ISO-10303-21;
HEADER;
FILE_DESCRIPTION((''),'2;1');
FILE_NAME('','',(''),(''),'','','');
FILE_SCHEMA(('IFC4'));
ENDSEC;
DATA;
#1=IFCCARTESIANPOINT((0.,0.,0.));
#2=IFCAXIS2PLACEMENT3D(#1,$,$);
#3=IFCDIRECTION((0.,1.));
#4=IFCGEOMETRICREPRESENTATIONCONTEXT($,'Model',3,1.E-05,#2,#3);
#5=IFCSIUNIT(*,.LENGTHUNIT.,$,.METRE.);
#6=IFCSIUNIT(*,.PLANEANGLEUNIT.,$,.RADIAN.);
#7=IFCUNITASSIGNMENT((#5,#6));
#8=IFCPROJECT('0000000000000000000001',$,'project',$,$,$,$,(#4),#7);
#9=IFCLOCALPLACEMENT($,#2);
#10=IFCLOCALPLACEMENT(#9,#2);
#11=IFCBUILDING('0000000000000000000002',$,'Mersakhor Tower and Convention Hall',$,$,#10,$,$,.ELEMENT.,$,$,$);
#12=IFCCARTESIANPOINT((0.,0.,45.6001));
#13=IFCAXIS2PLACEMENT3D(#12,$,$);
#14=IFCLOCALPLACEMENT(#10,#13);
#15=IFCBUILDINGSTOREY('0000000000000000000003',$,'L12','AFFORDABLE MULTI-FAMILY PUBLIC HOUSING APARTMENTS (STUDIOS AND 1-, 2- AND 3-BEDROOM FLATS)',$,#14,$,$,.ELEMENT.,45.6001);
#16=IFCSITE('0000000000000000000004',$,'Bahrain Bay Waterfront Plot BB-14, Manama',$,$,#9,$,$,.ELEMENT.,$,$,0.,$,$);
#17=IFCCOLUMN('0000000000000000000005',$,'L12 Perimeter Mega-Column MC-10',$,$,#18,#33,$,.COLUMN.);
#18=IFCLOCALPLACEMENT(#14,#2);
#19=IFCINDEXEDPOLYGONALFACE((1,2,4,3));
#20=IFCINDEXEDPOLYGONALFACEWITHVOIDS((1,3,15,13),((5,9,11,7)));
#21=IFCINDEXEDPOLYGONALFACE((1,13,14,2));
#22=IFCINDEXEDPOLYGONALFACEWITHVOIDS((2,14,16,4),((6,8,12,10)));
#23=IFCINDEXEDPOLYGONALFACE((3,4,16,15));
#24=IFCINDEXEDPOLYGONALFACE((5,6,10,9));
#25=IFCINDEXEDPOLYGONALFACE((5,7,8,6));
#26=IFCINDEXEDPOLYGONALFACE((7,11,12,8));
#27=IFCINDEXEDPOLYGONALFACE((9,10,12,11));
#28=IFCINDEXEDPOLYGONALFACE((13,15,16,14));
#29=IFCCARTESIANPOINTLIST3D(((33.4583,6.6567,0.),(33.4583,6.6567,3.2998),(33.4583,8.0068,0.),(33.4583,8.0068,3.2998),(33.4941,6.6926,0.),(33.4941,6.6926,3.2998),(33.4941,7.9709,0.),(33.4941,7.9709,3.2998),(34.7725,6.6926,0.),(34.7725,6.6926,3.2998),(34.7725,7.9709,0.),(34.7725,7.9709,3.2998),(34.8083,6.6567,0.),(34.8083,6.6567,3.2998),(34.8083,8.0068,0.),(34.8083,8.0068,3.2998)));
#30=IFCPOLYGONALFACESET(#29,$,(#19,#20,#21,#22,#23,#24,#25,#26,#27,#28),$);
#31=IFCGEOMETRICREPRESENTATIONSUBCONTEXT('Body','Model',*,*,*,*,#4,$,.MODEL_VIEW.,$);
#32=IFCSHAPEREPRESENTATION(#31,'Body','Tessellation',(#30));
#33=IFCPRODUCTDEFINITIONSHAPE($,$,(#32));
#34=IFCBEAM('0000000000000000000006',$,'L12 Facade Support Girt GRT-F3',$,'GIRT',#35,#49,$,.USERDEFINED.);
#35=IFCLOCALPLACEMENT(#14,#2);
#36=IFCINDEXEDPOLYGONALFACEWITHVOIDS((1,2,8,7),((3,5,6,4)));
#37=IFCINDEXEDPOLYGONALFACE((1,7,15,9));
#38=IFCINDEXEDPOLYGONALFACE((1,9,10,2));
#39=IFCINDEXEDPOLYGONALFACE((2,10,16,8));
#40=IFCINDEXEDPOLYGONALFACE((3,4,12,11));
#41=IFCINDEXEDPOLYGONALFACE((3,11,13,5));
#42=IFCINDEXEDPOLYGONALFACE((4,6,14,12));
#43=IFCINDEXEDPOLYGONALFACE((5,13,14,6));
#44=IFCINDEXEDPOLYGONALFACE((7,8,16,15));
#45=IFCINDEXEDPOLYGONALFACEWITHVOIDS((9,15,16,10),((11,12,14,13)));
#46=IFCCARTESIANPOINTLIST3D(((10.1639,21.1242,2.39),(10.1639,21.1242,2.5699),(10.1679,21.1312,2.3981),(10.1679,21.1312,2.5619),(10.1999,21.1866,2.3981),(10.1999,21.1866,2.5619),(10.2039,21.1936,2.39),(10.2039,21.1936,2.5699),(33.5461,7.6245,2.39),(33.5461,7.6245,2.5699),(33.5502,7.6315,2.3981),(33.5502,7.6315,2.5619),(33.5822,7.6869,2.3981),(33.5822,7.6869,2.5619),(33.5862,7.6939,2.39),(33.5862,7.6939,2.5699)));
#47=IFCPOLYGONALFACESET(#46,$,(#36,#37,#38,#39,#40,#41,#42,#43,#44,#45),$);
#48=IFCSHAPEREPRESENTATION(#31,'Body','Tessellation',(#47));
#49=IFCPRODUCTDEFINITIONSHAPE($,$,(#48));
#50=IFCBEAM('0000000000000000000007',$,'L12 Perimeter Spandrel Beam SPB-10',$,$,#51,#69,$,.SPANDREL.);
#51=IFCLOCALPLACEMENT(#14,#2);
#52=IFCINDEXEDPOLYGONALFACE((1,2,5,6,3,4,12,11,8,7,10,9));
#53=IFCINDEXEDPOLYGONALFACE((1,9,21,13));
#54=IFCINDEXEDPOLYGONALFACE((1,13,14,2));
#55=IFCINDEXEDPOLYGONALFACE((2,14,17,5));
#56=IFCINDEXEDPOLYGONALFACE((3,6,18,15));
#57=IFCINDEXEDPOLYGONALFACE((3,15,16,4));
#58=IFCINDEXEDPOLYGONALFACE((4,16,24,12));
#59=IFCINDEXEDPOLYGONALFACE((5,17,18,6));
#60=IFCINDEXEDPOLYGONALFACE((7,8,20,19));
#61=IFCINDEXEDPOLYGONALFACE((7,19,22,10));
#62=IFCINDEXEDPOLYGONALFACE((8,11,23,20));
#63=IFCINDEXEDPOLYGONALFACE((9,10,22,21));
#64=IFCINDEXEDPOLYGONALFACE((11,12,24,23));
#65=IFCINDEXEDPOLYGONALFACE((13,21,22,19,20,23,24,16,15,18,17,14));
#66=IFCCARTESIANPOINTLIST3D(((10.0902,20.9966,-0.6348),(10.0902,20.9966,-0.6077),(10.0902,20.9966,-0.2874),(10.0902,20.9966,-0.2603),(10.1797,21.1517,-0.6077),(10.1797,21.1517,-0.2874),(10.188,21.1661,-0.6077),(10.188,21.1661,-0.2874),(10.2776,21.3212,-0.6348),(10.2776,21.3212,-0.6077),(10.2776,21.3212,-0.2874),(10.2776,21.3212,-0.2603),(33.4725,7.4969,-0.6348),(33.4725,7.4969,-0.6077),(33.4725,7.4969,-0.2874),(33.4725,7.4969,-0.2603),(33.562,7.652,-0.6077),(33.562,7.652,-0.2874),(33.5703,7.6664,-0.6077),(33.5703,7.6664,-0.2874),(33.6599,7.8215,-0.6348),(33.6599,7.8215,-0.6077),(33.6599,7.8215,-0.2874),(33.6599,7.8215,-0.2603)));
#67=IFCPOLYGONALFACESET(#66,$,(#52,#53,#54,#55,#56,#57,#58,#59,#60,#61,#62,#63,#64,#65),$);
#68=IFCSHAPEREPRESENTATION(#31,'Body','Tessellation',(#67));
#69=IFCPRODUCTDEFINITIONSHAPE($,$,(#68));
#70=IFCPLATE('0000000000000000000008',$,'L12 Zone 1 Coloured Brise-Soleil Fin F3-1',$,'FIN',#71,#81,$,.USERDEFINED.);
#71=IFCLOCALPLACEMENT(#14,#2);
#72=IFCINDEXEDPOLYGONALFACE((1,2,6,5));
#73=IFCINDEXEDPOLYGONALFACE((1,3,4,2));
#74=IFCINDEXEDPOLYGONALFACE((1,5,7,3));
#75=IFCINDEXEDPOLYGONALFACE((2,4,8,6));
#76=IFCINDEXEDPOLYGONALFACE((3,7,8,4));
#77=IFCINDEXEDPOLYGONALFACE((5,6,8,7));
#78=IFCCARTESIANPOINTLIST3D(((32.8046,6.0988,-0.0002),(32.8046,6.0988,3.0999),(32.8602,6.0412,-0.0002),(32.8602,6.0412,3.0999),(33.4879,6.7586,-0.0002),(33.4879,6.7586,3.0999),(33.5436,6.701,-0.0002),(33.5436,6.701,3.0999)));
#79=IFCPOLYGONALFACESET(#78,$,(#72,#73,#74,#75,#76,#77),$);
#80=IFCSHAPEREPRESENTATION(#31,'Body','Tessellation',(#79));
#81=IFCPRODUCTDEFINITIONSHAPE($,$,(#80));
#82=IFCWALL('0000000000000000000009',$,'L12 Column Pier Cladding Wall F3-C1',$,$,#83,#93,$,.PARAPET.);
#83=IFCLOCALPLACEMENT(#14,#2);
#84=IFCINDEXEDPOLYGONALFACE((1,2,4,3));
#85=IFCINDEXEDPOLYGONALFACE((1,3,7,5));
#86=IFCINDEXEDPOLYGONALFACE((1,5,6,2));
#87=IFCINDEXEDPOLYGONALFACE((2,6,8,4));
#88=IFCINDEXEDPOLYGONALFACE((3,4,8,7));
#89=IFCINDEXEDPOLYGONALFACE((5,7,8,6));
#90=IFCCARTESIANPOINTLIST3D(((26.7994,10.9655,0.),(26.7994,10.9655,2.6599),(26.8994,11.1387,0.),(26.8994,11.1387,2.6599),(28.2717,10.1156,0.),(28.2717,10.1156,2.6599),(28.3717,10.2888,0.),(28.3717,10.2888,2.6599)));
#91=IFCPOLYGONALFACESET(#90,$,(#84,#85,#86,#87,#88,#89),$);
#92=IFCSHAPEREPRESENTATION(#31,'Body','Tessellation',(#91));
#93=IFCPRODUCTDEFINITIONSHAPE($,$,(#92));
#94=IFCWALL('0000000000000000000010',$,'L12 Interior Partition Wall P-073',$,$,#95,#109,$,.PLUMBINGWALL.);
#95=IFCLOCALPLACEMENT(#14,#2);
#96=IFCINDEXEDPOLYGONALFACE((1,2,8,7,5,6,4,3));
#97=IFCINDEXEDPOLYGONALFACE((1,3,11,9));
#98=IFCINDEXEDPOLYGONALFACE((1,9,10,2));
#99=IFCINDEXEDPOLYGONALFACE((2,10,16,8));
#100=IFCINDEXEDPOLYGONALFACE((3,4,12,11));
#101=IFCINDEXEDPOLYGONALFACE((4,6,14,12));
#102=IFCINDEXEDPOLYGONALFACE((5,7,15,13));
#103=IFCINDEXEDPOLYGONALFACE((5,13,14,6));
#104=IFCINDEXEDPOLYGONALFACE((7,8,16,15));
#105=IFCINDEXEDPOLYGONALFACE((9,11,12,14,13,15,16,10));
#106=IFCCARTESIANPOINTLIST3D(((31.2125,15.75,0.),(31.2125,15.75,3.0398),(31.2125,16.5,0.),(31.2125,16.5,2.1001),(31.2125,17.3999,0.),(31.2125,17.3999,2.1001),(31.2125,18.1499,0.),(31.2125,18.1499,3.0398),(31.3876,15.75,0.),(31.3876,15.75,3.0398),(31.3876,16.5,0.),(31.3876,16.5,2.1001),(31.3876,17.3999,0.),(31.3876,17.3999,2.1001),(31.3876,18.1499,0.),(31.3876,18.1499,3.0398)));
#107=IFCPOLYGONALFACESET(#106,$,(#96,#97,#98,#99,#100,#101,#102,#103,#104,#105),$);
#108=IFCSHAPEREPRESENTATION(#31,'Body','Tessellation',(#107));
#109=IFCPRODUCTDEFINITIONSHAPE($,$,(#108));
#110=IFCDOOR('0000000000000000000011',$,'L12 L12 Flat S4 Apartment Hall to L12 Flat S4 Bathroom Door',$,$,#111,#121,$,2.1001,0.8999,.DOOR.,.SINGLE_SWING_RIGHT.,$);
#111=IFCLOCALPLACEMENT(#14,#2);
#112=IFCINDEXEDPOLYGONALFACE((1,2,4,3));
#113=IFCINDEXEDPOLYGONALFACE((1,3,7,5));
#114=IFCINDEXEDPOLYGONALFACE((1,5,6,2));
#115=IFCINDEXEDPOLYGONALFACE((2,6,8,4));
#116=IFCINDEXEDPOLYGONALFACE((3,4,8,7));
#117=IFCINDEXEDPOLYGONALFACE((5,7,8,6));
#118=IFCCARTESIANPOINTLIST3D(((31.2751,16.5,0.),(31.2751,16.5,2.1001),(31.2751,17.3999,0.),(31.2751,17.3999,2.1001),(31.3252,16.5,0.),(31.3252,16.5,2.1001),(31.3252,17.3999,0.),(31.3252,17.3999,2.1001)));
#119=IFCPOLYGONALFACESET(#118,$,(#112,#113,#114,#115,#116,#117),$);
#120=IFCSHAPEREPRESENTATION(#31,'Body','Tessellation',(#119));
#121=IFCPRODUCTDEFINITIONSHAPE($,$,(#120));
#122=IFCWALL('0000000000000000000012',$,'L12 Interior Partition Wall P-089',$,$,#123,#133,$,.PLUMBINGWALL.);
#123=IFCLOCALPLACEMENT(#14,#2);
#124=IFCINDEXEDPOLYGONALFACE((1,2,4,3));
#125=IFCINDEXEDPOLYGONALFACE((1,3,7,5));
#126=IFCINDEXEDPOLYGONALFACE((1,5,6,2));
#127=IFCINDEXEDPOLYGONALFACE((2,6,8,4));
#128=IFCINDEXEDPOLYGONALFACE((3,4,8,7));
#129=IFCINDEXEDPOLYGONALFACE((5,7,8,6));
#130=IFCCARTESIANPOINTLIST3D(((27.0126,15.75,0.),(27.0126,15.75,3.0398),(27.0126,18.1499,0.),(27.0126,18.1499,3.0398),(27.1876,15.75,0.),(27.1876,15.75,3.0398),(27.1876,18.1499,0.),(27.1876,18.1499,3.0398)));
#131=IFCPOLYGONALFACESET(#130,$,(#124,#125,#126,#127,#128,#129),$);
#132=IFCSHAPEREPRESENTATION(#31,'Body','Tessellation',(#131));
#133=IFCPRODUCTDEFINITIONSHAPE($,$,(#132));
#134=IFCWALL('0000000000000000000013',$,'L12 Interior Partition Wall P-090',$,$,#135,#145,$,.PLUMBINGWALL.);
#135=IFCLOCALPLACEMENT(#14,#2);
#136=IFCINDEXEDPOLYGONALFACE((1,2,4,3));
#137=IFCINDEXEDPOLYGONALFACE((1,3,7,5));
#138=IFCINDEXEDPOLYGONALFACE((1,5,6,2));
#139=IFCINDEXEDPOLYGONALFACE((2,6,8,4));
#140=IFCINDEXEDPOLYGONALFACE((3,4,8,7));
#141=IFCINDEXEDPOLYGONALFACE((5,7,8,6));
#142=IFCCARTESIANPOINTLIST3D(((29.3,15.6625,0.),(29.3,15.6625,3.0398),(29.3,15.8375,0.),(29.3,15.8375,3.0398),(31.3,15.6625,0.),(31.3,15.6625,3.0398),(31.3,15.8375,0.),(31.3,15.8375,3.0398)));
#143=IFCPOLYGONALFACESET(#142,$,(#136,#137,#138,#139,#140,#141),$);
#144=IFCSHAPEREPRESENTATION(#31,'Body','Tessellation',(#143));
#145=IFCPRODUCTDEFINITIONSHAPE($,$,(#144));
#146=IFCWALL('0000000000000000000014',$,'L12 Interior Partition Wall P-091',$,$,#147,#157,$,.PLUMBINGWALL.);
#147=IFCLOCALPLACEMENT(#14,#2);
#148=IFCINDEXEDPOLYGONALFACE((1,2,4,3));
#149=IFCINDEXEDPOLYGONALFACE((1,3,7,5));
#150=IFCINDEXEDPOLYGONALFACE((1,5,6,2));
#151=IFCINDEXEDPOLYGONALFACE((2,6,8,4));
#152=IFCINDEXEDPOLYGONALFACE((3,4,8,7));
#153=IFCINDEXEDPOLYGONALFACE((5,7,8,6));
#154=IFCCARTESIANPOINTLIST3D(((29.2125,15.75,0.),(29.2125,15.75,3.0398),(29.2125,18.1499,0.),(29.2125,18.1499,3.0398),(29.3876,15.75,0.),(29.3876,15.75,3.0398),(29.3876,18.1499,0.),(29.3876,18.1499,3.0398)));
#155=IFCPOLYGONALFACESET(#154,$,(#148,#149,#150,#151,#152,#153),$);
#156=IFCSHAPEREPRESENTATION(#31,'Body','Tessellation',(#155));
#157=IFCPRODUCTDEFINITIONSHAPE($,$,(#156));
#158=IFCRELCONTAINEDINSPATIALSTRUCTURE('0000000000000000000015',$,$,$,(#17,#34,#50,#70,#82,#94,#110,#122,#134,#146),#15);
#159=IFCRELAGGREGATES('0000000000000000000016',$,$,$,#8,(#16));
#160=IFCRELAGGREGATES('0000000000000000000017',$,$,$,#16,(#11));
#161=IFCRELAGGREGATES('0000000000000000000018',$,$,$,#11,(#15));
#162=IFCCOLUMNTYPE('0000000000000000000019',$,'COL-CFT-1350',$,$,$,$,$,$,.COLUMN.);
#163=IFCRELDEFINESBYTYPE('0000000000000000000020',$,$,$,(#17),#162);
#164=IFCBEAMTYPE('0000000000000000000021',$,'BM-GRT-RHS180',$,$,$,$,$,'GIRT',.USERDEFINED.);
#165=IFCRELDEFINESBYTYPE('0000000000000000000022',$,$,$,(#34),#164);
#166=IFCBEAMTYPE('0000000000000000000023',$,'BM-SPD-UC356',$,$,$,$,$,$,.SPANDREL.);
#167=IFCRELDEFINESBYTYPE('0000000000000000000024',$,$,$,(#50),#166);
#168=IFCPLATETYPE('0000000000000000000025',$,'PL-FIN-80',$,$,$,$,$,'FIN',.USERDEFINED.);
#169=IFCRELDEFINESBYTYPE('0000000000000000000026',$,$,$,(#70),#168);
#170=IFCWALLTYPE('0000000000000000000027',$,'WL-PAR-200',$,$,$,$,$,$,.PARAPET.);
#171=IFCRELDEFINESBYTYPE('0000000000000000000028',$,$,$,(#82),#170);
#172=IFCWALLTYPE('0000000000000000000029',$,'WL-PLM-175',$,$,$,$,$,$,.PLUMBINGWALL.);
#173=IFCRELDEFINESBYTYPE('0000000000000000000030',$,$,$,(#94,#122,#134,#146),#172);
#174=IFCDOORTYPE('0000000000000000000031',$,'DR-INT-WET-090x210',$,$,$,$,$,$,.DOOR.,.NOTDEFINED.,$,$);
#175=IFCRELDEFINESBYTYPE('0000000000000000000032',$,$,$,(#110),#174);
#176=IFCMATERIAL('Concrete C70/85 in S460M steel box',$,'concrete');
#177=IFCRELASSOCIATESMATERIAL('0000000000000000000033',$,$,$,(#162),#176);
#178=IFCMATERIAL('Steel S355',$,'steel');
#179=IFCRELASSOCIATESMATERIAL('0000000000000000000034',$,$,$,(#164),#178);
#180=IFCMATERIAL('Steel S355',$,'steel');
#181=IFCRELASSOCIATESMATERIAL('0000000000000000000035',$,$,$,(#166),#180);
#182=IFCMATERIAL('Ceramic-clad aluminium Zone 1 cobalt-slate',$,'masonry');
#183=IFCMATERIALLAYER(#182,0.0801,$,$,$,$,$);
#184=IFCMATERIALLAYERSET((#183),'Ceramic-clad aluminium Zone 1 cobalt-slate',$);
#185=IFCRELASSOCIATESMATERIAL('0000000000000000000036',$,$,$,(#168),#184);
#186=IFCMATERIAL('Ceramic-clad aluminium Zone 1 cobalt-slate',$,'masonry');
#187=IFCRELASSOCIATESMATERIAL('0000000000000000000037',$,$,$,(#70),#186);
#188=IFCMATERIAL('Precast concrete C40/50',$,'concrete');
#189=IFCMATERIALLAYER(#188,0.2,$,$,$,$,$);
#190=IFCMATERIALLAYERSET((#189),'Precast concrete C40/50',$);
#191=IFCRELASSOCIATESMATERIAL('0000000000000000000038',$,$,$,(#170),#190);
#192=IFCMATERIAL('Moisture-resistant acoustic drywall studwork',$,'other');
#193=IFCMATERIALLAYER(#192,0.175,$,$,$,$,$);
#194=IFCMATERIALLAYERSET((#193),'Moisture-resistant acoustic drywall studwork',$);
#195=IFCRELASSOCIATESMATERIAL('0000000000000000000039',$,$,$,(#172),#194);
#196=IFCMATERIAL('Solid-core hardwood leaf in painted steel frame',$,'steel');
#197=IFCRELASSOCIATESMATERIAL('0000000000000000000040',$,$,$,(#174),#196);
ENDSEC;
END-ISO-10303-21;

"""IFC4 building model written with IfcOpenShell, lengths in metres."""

from ifc_helpers import new_model, si_unit, direction, frame, frame_2d, origin, origin_2d, place, context, subcontext, project, spatial, rectangle, hollow_rectangle, i_section, extrude, material, layer, layer_set, material_profile, profile_set, type_object, element, fill, save


model = new_model("IFC4")

# Units and contexts
model_context = context("Model", 3, precision=1e-05, world=origin(), true_north=direction((0.0, 1.0)))
body_context = subcontext(model_context, "Body", "Model", "MODEL_VIEW")
ifc_project = project(units=[si_unit("LENGTHUNIT", "METRE"), si_unit("PLANEANGLEUNIT", "RADIAN")], contexts=[model_context])

# Site, building, storey
site_placement = place(None, origin())
site = spatial("IfcSite", under=ifc_project, at=site_placement, Name="Bahrain Bay Waterfront Plot BB-14, Manama", CompositionType="ELEMENT", RefElevation=0.0)
building_placement = place(site_placement, origin())
building = spatial("IfcBuilding", under=site, at=building_placement, Name="Mersakhor Tower and Convention Hall", CompositionType="ELEMENT")
storey_placement = place(building_placement, frame((0.0, 0.0, 45.6001)))
storey = spatial("IfcBuildingStorey", under=building, at=storey_placement, Name="L12", Description="AFFORDABLE MULTI-FAMILY PUBLIC HOUSING APARTMENTS (STUDIOS AND 1-, 2- AND 3-BEDROOM FLATS)", CompositionType="ELEMENT", Elevation=45.6001)

# Column
ifc_material_1 = material(Name="Concrete C70/85 in S460M steel box", Category="concrete")
ifc_material_profile_1 = material_profile(ifc_material_1, hollow_rectangle(XDim=1.3501, YDim=1.3501, WallThickness=0.0359, at=origin_2d()), Name="SHS 1350x1350x36")
ifc_profile_set_1 = profile_set([ifc_material_profile_1], Name="Concrete C70/85 in S460M steel box")
column_type = type_object("IfcColumnType", Name="COL-CFT-1350", PredefinedType="COLUMN", material=ifc_profile_set_1)
column_placement = place(storey_placement, frame((34.1333, 7.3318, 0.0), z_axis=(0.0, 0.0, 1.0), x_axis=(1.0, 0.0, 0.0)))
element("IfcColumn", 1, at=column_placement, inside=storey, type_object=column_type, Name="L12 Perimeter Mega-Column MC-10", PredefinedType="COLUMN", context=body_context, shape_type="SweptSolid", body=[
    extrude(hollow_rectangle(XDim=1.3501, YDim=1.3501, WallThickness=0.0359, at=origin_2d()), origin(), (0.0, 0.0, 1.0), 3.2998),
])

# Beams
ifc_material_2 = material(Name="Steel S355", Category="steel")
ifc_material_profile_2 = material_profile(ifc_material_2, hollow_rectangle(XDim=0.0801, YDim=0.1799, WallThickness=0.0081, at=origin_2d()), Name="RHS 180x80x8")
ifc_profile_set_2 = profile_set([ifc_material_profile_2], Name="Steel S355")
beam_type_1 = type_object("IfcBeamType", Name="BM-GRT-RHS180", ElementType="GIRT", PredefinedType="USERDEFINED", material=ifc_profile_set_2)
beam_1_placement = place(storey_placement, frame((33.5662, 7.6592, 2.48), z_axis=(-0.866026, 0.499999, 0.0), x_axis=(-0.499999, -0.866026, 0.0)))
element("IfcBeam", 2, at=beam_1_placement, inside=storey, type_object=beam_type_1, Name="L12 Facade Support Girt GRT-F3", ObjectType="GIRT", PredefinedType="USERDEFINED", context=body_context, shape_type="SweptSolid", body=[
    extrude(hollow_rectangle(XDim=0.0801, YDim=0.1799, WallThickness=0.0081, at=origin_2d()), origin(), (0.0, 0.0, 1.0), 26.9995),
])
ifc_material_3 = material(Name="Steel S355", Category="steel")
ifc_material_profile_3 = material_profile(ifc_material_3, i_section(OverallWidth=0.3748, OverallDepth=0.3745, WebThickness=0.0166, FlangeThickness=0.0271, at=origin_2d()), Name="UC 356x368x202")
ifc_profile_set_3 = profile_set([ifc_material_profile_3], Name="Steel S355")
beam_type_2 = type_object("IfcBeamType", Name="BM-SPD-UC356", PredefinedType="SPANDREL", material=ifc_profile_set_3)
beam_2_placement = place(storey_placement, frame((33.5662, 7.6592, -0.4475), z_axis=(-0.866026, 0.499999, 0.0), x_axis=(-0.499999, -0.866026, 0.0)))
element("IfcBeam", 3, at=beam_2_placement, inside=storey, type_object=beam_type_2, Name="L12 Perimeter Spandrel Beam SPB-10", PredefinedType="SPANDREL", context=body_context, shape_type="SweptSolid", body=[
    extrude(i_section(OverallWidth=0.3748, OverallDepth=0.3745, WebThickness=0.0166, FlangeThickness=0.0271, at=origin_2d()), origin(), (0.0, 0.0, 1.0), 26.9995),
])

# Plate
ifc_material_4 = material(Name="Ceramic-clad aluminium Zone 1 cobalt-slate", Category="masonry")
ifc_material_5 = material(Name="Ceramic-clad aluminium Zone 1 cobalt-slate", Category="masonry")
ifc_layer_1 = layer(ifc_material_5, 0.0801)
ifc_layer_set_1 = layer_set([ifc_layer_1], Name="Ceramic-clad aluminium Zone 1 cobalt-slate")
plate_type = type_object("IfcPlateType", Name="PL-FIN-80", ElementType="FIN", PredefinedType="USERDEFINED", material=ifc_layer_set_1)
plate_placement = place(storey_placement, frame((33.1741, 6.3999, -0.0002), z_axis=(0.0, 0.0, 1.0), x_axis=(-0.71934, -0.694658, 0.0)))
element("IfcPlate", 4, at=plate_placement, inside=storey, type_object=plate_type, material=ifc_material_4, Name="L12 Zone 1 Coloured Brise-Soleil Fin F3-1", ObjectType="FIN", PredefinedType="USERDEFINED", context=body_context, shape_type="SweptSolid", body=[
    extrude(rectangle(XDim=0.95, YDim=0.0801, at=origin_2d()), origin(), (0.0, 0.0, 1.0), 3.1001),
])

# Wall
ifc_material_6 = material(Name="Precast concrete C40/50", Category="concrete")
ifc_layer_2 = layer(ifc_material_6, 0.2)
ifc_layer_set_2 = layer_set([ifc_layer_2], Name="Precast concrete C40/50")
wall_type_1 = type_object("IfcWallType", Name="WL-PAR-200", PredefinedType="PARAPET", material=ifc_layer_set_2)
wall_1_placement = place(storey_placement, frame((28.3218, 10.2021, 0.0), z_axis=(0.0, 0.0, 1.0), x_axis=(-0.866052, 0.499955, 0.0)))
element("IfcWall", 5, at=wall_1_placement, inside=storey, type_object=wall_type_1, Name="L12 Column Pier Cladding Wall F3-C1", PredefinedType="PARAPET", context=body_context, shape_type="SweptSolid", body=[
    extrude(rectangle(XDim=1.7, YDim=0.2, at=frame_2d((0.8501, 0.0))), origin(), (0.0, 0.0, 1.0), 2.6599),
])

# Wall, opening, door
ifc_material_7 = material(Name="Moisture-resistant acoustic drywall studwork", Category="other")
ifc_layer_3 = layer(ifc_material_7, 0.175)
ifc_layer_set_3 = layer_set([ifc_layer_3], Name="Moisture-resistant acoustic drywall studwork")
wall_type_2 = type_object("IfcWallType", Name="WL-PLM-175", PredefinedType="PLUMBINGWALL", material=ifc_layer_set_3)
wall_2_placement = place(storey_placement, frame((31.3, 15.75, 0.0), z_axis=(0.0, 0.0, 1.0), x_axis=(0.0, 1.0, 0.0)))
wall_2 = element("IfcWall", 6, at=wall_2_placement, inside=storey, type_object=wall_type_2, Name="L12 Interior Partition Wall P-073", PredefinedType="PLUMBINGWALL", context=body_context, shape_type="SweptSolid", body=[
    extrude(rectangle(XDim=2.3999, YDim=0.175, at=frame_2d((1.2, 0.0))), origin(), (0.0, 0.0, 1.0), 3.0398),
])
opening_1_placement = place(wall_2_placement, frame((0.75, 0.0, 0.0)))
opening_1 = element("IfcOpeningElement", 7, at=opening_1_placement, cuts=wall_2, PredefinedType="OPENING", context=body_context, shape_type="SweptSolid", body=[
    extrude(rectangle(XDim=0.8999, YDim=2.1001, at=frame_2d((0.45, 1.05))), frame((0.0, 0.0974, 0.0), z_axis=(0.0, -1.0, 0.0), x_axis=(1.0, 0.0, 0.0)), (0.0, 0.0, 1.0), 0.1951),
])
ifc_material_8 = material(Name="Solid-core hardwood leaf in painted steel frame", Category="steel")
door_type_1 = type_object("IfcDoorType", Name="DR-INT-WET-090x210", OperationType="NOTDEFINED", PredefinedType="DOOR", material=ifc_material_8)
door_1_placement = place(opening_1_placement, origin())
door_1 = element("IfcDoor", 8, at=door_1_placement, inside=storey, type_object=door_type_1, Name="L12 L12 Flat S4 Apartment Hall to L12 Flat S4 Bathroom Door", OperationType="SINGLE_SWING_RIGHT", OverallHeight=2.1001, OverallWidth=0.8999, PredefinedType="DOOR", context=body_context, shape_type="SweptSolid", body=[
    extrude(rectangle(XDim=0.8999, YDim=2.1001, at=frame_2d((0.45, 1.05))), frame((0.0, 0.0249, 0.0), z_axis=(0.0, -1.0, 0.0), x_axis=(1.0, 0.0, 0.0)), (0.0, 0.0, 1.0), 0.05),
])
fill(opening_1, door_1)

# Walls
wall_3_placement = place(storey_placement, frame((27.1001, 18.1499, 0.0), z_axis=(0.0, 0.0, 1.0), x_axis=(0.0, -1.0, 0.0)))
element("IfcWall", 9, at=wall_3_placement, inside=storey, type_object=wall_type_2, Name="L12 Interior Partition Wall P-089", PredefinedType="PLUMBINGWALL", context=body_context, shape_type="SweptSolid", body=[
    extrude(rectangle(XDim=2.3999, YDim=0.175, at=frame_2d((1.2, 0.0))), origin(), (0.0, 0.0, 1.0), 3.0398),
])
wall_4_placement = place(storey_placement, frame((31.3, 15.75, 0.0), z_axis=(0.0, 0.0, 1.0), x_axis=(-1.0, 0.0, 0.0)))
element("IfcWall", 10, at=wall_4_placement, inside=storey, type_object=wall_type_2, Name="L12 Interior Partition Wall P-090", PredefinedType="PLUMBINGWALL", context=body_context, shape_type="SweptSolid", body=[
    extrude(rectangle(XDim=2.0, YDim=0.175, at=frame_2d((1.0, 0.0))), origin(), (0.0, 0.0, 1.0), 3.0398),
])
wall_5_placement = place(storey_placement, frame((29.3, 15.75, 0.0), z_axis=(0.0, 0.0, 1.0), x_axis=(0.0, 1.0, 0.0)))
element("IfcWall", 11, at=wall_5_placement, inside=storey, type_object=wall_type_2, Name="L12 Interior Partition Wall P-091", PredefinedType="PLUMBINGWALL", context=body_context, shape_type="SweptSolid", body=[
    extrude(rectangle(XDim=2.3999, YDim=0.175, at=frame_2d((1.2, 0.0))), origin(), (0.0, 0.0, 1.0), 3.0398),
])

save(model, "model.ifc")
